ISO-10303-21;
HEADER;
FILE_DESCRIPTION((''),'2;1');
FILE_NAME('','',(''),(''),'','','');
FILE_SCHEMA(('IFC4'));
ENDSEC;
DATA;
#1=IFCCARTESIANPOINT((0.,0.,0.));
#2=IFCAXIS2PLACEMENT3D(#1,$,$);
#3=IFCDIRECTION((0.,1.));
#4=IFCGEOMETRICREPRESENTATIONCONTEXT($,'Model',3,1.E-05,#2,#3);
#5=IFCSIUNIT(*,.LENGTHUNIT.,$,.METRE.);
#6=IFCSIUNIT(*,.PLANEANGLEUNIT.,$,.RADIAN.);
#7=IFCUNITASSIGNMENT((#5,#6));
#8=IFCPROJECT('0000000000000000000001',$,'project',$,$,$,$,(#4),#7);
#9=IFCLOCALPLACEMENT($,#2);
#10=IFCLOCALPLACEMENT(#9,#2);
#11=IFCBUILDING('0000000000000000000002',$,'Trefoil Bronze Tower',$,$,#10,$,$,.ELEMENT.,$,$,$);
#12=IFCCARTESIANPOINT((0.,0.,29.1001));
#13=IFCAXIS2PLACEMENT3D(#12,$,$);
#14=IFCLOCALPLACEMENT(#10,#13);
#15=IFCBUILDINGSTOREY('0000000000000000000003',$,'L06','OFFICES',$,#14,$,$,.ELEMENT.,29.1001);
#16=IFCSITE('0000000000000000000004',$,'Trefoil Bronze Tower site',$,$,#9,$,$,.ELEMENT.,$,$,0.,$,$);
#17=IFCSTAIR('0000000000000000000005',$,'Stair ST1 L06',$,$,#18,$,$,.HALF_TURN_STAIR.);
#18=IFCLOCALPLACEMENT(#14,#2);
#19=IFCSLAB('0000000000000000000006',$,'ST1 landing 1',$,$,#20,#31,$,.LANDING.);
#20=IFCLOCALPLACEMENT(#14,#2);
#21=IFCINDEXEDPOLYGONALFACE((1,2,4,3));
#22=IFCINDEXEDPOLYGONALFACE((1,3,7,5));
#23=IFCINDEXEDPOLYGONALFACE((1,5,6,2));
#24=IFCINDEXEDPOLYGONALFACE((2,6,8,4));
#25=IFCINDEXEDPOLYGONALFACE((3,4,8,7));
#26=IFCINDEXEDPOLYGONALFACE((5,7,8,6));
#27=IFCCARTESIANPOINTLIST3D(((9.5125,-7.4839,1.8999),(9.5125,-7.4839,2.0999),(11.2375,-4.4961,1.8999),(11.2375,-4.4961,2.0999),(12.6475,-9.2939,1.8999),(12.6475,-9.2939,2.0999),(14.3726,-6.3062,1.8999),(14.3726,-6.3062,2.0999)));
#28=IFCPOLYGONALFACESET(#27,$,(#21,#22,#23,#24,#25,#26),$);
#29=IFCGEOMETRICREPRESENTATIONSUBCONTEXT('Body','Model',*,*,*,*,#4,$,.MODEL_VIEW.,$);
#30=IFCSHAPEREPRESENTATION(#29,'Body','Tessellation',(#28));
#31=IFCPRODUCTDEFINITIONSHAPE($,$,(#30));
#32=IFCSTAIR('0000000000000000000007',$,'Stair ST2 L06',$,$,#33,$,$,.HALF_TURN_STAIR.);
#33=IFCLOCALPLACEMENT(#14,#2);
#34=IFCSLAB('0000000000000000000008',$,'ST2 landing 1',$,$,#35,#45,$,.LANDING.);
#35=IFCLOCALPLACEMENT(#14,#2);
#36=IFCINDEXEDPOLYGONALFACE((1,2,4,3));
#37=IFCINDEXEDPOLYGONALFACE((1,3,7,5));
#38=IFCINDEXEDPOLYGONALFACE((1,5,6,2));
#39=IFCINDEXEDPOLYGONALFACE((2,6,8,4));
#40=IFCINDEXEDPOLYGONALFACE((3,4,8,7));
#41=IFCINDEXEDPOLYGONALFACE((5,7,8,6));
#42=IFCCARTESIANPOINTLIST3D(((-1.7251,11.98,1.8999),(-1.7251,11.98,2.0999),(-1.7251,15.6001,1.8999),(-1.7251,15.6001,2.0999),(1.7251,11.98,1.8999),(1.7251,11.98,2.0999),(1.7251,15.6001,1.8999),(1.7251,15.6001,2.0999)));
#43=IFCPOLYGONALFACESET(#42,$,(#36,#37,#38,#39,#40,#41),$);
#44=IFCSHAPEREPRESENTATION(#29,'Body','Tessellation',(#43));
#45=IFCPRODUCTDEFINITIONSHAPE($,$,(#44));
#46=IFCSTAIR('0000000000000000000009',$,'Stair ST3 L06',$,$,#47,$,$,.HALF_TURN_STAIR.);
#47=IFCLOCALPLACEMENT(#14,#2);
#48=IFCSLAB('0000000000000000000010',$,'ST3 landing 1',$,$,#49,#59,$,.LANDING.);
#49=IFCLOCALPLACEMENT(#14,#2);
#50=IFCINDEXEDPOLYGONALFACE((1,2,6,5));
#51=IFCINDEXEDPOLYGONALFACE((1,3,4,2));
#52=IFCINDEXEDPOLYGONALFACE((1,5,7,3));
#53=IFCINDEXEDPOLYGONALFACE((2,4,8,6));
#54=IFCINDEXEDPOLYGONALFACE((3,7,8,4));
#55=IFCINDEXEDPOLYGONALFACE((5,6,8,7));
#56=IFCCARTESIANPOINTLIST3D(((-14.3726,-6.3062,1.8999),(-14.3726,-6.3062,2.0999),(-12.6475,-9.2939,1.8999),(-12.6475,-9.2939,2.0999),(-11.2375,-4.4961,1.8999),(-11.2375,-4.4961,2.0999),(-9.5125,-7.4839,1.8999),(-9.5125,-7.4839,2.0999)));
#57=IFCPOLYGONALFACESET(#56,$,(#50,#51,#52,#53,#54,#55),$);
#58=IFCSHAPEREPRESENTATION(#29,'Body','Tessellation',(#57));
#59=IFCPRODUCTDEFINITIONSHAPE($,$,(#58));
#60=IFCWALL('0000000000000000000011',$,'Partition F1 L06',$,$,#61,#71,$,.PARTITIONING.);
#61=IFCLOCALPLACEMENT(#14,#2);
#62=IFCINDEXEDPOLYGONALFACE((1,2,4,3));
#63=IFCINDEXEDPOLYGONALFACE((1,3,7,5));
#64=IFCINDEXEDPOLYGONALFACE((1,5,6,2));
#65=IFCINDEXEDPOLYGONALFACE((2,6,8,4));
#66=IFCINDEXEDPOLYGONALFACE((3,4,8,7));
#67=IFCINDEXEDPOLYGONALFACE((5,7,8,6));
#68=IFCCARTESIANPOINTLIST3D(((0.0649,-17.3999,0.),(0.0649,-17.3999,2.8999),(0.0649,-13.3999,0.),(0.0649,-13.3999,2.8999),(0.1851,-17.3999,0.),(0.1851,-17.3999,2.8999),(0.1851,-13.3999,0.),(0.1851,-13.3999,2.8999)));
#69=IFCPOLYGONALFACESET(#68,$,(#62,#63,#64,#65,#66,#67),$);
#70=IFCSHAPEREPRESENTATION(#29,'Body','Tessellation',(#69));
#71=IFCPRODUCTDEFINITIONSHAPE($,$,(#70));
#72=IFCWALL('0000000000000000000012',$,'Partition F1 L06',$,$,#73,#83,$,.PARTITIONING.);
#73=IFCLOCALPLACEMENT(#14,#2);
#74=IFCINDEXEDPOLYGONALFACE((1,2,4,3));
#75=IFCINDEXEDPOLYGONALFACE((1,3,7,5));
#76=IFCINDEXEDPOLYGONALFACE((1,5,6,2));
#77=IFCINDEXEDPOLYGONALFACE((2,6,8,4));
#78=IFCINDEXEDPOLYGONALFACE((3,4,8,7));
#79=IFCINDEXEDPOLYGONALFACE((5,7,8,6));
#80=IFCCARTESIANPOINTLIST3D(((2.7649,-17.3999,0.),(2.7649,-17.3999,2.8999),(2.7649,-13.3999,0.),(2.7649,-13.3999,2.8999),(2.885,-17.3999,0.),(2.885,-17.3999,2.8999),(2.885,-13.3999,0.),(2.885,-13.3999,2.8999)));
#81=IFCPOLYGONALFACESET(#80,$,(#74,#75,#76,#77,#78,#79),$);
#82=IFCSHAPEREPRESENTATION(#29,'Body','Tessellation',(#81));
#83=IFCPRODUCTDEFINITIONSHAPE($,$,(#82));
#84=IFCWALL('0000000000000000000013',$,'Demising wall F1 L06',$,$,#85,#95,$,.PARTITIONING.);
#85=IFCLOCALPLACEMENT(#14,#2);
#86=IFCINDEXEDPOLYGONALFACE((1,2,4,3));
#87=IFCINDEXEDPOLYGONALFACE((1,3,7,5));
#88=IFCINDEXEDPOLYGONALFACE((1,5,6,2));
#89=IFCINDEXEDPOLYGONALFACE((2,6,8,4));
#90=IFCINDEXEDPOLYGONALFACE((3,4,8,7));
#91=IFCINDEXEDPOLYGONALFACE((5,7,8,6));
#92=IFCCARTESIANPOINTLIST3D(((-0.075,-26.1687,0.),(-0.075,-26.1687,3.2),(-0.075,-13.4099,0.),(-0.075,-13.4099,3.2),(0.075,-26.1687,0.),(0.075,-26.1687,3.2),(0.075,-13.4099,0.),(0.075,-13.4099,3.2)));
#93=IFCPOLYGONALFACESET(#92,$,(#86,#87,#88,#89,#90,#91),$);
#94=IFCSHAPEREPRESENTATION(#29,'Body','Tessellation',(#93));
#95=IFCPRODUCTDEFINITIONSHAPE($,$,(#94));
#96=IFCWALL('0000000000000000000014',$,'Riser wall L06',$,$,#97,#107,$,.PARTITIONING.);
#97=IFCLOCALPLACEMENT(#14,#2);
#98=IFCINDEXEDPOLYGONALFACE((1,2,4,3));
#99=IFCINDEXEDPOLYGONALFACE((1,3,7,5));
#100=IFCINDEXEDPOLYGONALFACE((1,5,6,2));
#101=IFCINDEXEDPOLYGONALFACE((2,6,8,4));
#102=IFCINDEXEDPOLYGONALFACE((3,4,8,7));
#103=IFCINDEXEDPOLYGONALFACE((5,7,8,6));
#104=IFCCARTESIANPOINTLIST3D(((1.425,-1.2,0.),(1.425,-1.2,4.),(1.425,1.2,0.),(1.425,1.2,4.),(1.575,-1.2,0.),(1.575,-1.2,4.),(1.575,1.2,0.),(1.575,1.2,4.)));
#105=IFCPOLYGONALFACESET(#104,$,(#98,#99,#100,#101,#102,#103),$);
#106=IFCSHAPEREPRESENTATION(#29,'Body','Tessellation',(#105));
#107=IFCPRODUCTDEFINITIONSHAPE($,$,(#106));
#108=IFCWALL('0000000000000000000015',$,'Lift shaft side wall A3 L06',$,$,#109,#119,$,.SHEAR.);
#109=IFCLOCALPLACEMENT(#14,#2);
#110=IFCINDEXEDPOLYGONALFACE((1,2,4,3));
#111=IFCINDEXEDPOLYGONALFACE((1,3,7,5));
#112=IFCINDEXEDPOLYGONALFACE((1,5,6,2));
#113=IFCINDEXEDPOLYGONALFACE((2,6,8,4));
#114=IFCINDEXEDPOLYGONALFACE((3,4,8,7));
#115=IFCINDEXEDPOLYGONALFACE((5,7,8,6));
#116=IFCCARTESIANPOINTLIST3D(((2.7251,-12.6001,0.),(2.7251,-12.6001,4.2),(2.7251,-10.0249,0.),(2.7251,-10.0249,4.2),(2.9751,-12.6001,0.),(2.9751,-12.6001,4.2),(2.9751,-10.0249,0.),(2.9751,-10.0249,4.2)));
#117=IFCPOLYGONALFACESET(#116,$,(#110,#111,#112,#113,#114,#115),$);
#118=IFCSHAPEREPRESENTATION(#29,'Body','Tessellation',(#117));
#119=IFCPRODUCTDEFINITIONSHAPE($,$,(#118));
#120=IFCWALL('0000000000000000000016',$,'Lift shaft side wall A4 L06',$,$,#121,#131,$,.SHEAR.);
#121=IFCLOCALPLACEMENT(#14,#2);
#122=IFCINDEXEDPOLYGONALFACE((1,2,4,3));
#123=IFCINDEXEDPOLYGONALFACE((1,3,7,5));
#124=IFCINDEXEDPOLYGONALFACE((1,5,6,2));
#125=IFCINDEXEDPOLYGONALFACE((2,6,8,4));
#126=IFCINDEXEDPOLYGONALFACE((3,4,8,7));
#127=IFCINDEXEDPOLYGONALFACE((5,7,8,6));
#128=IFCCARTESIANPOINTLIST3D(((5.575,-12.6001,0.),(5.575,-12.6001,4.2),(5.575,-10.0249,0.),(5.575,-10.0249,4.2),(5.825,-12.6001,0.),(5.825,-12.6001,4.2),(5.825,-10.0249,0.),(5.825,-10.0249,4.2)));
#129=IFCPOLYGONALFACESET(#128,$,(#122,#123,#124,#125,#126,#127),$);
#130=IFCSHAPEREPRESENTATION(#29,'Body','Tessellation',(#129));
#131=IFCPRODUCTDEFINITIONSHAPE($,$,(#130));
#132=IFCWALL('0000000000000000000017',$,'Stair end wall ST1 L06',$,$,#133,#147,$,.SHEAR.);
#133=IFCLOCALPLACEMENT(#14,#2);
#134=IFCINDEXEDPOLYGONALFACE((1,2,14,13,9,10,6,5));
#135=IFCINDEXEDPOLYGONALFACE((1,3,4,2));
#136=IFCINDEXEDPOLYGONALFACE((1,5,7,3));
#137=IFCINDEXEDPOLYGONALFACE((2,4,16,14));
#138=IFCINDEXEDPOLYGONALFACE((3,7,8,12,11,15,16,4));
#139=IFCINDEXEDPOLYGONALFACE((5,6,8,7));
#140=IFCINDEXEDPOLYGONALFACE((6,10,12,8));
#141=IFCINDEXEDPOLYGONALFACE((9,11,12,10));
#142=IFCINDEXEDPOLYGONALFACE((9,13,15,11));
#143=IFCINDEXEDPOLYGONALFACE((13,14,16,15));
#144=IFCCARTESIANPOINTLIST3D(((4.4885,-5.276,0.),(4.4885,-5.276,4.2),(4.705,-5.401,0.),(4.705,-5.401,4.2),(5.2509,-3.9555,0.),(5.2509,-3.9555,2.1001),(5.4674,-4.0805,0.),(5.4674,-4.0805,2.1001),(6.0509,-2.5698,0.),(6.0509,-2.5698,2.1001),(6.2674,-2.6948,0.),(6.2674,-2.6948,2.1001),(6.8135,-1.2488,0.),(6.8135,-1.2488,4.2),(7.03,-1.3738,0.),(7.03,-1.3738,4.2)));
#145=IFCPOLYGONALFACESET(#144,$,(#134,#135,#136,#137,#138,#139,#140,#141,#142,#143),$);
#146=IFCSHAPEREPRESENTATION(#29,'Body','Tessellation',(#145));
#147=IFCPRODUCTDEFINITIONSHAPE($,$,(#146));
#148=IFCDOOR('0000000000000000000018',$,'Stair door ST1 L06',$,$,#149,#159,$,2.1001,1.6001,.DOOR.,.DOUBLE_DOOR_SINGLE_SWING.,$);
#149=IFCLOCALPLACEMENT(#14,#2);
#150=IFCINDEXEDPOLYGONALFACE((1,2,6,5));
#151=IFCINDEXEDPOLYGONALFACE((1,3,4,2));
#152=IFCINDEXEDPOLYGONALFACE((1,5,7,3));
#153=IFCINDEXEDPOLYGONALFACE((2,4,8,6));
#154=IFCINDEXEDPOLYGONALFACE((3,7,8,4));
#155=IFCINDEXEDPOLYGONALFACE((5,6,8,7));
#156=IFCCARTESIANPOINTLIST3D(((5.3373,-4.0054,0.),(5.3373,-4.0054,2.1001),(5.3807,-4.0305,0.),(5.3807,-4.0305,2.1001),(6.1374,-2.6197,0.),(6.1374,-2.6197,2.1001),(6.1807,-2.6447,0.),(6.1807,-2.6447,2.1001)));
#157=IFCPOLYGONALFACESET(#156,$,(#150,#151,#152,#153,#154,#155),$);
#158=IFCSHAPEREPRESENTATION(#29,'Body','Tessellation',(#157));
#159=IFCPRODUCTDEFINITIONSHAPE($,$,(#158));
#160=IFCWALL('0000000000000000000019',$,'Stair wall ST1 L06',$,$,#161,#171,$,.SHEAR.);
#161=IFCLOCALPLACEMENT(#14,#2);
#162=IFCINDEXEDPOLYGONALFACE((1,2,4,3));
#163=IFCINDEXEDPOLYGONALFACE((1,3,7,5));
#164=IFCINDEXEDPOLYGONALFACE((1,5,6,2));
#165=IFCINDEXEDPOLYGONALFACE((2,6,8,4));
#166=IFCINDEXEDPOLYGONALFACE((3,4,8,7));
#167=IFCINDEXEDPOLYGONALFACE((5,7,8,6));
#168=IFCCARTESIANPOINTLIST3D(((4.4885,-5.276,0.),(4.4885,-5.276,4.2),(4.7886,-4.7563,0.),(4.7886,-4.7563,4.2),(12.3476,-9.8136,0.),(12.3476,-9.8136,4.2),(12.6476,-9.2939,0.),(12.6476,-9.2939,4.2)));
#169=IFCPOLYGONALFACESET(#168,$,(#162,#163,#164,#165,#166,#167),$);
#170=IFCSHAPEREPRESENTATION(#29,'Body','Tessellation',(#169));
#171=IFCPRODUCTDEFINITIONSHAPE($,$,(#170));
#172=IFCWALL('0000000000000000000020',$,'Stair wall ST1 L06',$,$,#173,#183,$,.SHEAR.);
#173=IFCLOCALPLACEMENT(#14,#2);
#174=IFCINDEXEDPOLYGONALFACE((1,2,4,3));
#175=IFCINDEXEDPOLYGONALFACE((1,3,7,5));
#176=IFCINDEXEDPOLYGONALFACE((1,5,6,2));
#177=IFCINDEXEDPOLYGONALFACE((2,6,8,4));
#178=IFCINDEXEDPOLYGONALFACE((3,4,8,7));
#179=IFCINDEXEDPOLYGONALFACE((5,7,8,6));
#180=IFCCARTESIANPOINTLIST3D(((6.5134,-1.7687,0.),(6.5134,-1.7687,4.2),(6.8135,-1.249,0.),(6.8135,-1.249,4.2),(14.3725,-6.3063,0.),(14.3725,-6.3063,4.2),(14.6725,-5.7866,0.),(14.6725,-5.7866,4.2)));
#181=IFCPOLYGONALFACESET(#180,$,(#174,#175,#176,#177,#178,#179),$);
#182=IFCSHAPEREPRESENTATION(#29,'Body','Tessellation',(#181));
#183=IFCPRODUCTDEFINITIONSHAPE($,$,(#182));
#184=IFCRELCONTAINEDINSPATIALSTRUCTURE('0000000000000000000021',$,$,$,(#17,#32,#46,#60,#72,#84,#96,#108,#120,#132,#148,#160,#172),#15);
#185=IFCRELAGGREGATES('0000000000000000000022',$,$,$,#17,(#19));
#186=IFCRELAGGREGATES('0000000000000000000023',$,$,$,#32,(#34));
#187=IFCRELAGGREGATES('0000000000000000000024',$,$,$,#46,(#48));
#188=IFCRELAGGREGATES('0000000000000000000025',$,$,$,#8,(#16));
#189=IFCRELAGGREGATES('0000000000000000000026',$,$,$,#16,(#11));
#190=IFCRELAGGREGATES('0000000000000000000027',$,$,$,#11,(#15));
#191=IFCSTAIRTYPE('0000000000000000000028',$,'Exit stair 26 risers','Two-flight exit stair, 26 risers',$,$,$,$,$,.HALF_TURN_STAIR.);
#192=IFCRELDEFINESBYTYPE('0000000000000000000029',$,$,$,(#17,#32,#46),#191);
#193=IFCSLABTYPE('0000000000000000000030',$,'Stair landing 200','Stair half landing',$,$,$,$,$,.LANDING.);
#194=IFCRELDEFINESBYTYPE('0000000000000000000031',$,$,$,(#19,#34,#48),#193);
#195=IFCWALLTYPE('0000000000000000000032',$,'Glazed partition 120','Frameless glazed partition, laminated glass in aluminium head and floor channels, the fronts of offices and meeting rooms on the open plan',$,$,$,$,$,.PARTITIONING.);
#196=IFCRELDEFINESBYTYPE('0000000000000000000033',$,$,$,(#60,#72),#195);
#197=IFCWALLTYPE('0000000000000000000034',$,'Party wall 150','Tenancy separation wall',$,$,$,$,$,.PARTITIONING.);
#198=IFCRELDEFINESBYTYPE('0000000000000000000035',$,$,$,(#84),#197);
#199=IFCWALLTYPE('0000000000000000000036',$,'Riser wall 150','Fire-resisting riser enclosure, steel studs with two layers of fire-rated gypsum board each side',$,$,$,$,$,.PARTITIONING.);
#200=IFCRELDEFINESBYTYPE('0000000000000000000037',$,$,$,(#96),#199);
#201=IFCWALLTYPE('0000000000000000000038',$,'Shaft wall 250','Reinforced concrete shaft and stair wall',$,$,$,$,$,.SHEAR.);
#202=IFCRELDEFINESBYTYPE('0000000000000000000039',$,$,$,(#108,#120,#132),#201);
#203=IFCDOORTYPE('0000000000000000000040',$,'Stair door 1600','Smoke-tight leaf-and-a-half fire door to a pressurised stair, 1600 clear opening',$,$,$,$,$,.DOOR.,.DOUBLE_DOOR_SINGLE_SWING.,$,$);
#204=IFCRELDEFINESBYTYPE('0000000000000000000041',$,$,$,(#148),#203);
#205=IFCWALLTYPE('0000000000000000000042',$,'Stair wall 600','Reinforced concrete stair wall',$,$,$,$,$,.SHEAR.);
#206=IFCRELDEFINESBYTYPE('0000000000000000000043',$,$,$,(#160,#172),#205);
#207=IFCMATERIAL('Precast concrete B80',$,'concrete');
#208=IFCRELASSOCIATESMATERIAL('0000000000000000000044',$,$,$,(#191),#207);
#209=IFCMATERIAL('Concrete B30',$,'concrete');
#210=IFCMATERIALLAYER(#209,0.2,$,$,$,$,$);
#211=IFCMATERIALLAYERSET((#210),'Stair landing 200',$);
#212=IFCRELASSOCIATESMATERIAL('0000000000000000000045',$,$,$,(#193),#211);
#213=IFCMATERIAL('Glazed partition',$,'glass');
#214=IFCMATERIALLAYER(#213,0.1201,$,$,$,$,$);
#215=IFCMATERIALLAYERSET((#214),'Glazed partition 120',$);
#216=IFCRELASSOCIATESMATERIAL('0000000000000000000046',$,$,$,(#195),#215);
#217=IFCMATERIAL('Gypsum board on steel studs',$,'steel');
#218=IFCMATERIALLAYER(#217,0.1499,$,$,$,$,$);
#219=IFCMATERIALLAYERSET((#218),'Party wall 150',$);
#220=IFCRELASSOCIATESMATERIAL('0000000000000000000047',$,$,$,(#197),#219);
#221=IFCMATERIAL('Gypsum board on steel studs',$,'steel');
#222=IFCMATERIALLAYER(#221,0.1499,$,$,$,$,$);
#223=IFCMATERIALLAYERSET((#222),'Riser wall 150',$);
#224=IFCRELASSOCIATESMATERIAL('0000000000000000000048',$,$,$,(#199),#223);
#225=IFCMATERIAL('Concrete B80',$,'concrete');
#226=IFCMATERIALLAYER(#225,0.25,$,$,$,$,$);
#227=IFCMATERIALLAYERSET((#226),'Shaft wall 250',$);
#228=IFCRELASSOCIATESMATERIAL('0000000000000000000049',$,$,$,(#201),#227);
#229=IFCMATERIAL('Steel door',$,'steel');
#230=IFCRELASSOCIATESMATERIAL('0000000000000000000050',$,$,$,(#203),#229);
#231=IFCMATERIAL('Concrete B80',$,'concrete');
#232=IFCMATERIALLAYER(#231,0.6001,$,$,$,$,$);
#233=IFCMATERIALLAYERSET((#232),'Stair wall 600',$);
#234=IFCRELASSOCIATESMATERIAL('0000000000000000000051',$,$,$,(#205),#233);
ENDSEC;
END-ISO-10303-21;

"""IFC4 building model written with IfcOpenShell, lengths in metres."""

from ifc_helpers import new_model, si_unit, direction, frame, frame_2d, origin, place, context, subcontext, project, spatial, polyline, rectangle, outline, extrude, material, layer, layer_set, type_object, element, fill, aggregate, save


model = new_model("IFC4")

# Units and contexts
model_context = context("Model", 3, precision=1e-05, world=origin(), true_north=direction((0.0, 1.0)))
body_context = subcontext(model_context, "Body", "Model", "MODEL_VIEW")
ifc_project = project(units=[si_unit("LENGTHUNIT", "METRE"), si_unit("PLANEANGLEUNIT", "RADIAN")], contexts=[model_context])

# Site, building, storey
site_placement = place(None, origin())
site = spatial("IfcSite", under=ifc_project, at=site_placement, Name="Trefoil Bronze Tower site", CompositionType="ELEMENT", RefElevation=0.0)
building_placement = place(site_placement, origin())
building = spatial("IfcBuilding", under=site, at=building_placement, Name="Trefoil Bronze Tower", CompositionType="ELEMENT")
storey_placement = place(building_placement, frame((0.0, 0.0, 29.1001)))
storey = spatial("IfcBuildingStorey", under=building, at=storey_placement, Name="L06", Description="OFFICES", CompositionType="ELEMENT", Elevation=29.1001)

# Stairs, slabs
ifc_material_1 = material(Name="Precast concrete B80", Category="concrete")
stair_type = type_object("IfcStairType", Name="Exit stair 26 risers", Description="Two-flight exit stair, 26 risers", PredefinedType="HALF_TURN_STAIR", material=ifc_material_1)
stair_1_placement = place(storey_placement, origin())
stair_1 = element("IfcStair", 1, at=stair_1_placement, inside=storey, type_object=stair_type, Name="Stair ST1 L06", PredefinedType="HALF_TURN_STAIR")
ifc_material_2 = material(Name="Concrete B30", Category="concrete")
ifc_layer_1 = layer(ifc_material_2, 0.2)
ifc_layer_set_1 = layer_set([ifc_layer_1], Name="Stair landing 200")
slab_type = type_object("IfcSlabType", Name="Stair landing 200", Description="Stair half landing", PredefinedType="LANDING", material=ifc_layer_set_1)
slab_1_placement = place(storey_placement, frame((0.0, 0.0, 1.8999)))
slab_1 = element("IfcSlab", 2, at=slab_1_placement, type_object=slab_type, Name="ST1 landing 1", PredefinedType="LANDING", context=body_context, shape_type="SweptSolid", body=[
    extrude(outline(polyline([(9.5125, -7.4839), (12.6475, -9.2939), (14.3726, -6.3062), (11.2375, -4.4961), (9.5125, -7.4839)])), origin(), (0.0, 0.0, 1.0), 0.2),
])
aggregate(stair_1, [slab_1])
stair_2_placement = place(storey_placement, origin())
stair_2 = element("IfcStair", 3, at=stair_2_placement, inside=storey, type_object=stair_type, Name="Stair ST2 L06", PredefinedType="HALF_TURN_STAIR")
slab_2_placement = place(storey_placement, frame((0.0, 0.0, 1.8999)))
slab_2 = element("IfcSlab", 4, at=slab_2_placement, type_object=slab_type, Name="ST2 landing 1", PredefinedType="LANDING", context=body_context, shape_type="SweptSolid", body=[
    extrude(outline(polyline([(1.7251, 11.98), (1.7251, 15.6001), (-1.7251, 15.6001), (-1.7251, 11.98), (1.7251, 11.98)])), origin(), (0.0, 0.0, 1.0), 0.2),
])
aggregate(stair_2, [slab_2])
stair_3_placement = place(storey_placement, origin())
stair_3 = element("IfcStair", 5, at=stair_3_placement, inside=storey, type_object=stair_type, Name="Stair ST3 L06", PredefinedType="HALF_TURN_STAIR")
slab_3_placement = place(storey_placement, frame((0.0, 0.0, 1.8999)))
slab_3 = element("IfcSlab", 6, at=slab_3_placement, type_object=slab_type, Name="ST3 landing 1", PredefinedType="LANDING", context=body_context, shape_type="SweptSolid", body=[
    extrude(outline(polyline([(-11.2375, -4.4961), (-14.3726, -6.3062), (-12.6475, -9.2939), (-9.5125, -7.4839), (-11.2375, -4.4961)])), origin(), (0.0, 0.0, 1.0), 0.2),
])
aggregate(stair_3, [slab_3])

# Walls
ifc_material_3 = material(Name="Glazed partition", Category="glass")
ifc_layer_2 = layer(ifc_material_3, 0.1201)
ifc_layer_set_2 = layer_set([ifc_layer_2], Name="Glazed partition 120")
wall_type_1 = type_object("IfcWallType", Name="Glazed partition 120", Description="Frameless glazed partition, laminated glass in aluminium head and floor channels, the fronts of offices and meeting rooms on the open plan", PredefinedType="PARTITIONING", material=ifc_layer_set_2)
for number, where, z_axis, x_axis, name in (
    (7, (0.125, -13.3999, 0.0), (0.0, 0.0, 1.0), (0.0, -1.0, 0.0), "Partition F1 L06"),
    (8, (2.825, -13.3999, 0.0), (0.0, 0.0, 1.0), (0.0, -1.0, 0.0), "Partition F1 L06"),
):
    element("IfcWall", number, at=place(storey_placement, frame(where, z_axis=z_axis, x_axis=x_axis)), inside=storey, type_object=wall_type_1, Name=name, PredefinedType="PARTITIONING", context=body_context, shape_type="SweptSolid", body=[
        extrude(rectangle(XDim=4.0, YDim=0.1201, at=frame_2d((2.0, 0.0))), origin(), (0.0, 0.0, 1.0), 2.8999),
    ])
ifc_material_4 = material(Name="Gypsum board on steel studs", Category="steel")
ifc_layer_3 = layer(ifc_material_4, 0.1499)
ifc_layer_set_3 = layer_set([ifc_layer_3], Name="Party wall 150")
wall_type_2 = type_object("IfcWallType", Name="Party wall 150", Description="Tenancy separation wall", PredefinedType="PARTITIONING", material=ifc_layer_set_3)
wall_1_placement = place(storey_placement, frame((0.0, -13.4099, 0.0), z_axis=(0.0, 0.0, 1.0), x_axis=(0.0, -1.0, 0.0)))
element("IfcWall", 9, at=wall_1_placement, inside=storey, type_object=wall_type_2, Name="Demising wall F1 L06", PredefinedType="PARTITIONING", context=body_context, shape_type="SweptSolid", body=[
    extrude(rectangle(XDim=12.7588, YDim=0.1499, at=frame_2d((6.3794, 0.0))), origin(), (0.0, 0.0, 1.0), 3.2),
])
ifc_material_5 = material(Name="Gypsum board on steel studs", Category="steel")
ifc_layer_4 = layer(ifc_material_5, 0.1499)
ifc_layer_set_4 = layer_set([ifc_layer_4], Name="Riser wall 150")
wall_type_3 = type_object("IfcWallType", Name="Riser wall 150", Description="Fire-resisting riser enclosure, steel studs with two layers of fire-rated gypsum board each side", PredefinedType="PARTITIONING", material=ifc_layer_set_4)
wall_2_placement = place(storey_placement, frame((1.5, -1.2, 0.0), z_axis=(0.0, 0.0, 1.0), x_axis=(0.0, 1.0, 0.0)))
element("IfcWall", 10, at=wall_2_placement, inside=storey, type_object=wall_type_3, Name="Riser wall L06", PredefinedType="PARTITIONING", context=body_context, shape_type="SweptSolid", body=[
    extrude(rectangle(XDim=2.3999, YDim=0.1499, at=frame_2d((1.2, 0.0))), origin(), (0.0, 0.0, 1.0), 4.0),
])
ifc_material_6 = material(Name="Concrete B80", Category="concrete")
ifc_layer_5 = layer(ifc_material_6, 0.25)
ifc_layer_set_5 = layer_set([ifc_layer_5], Name="Shaft wall 250")
wall_type_4 = type_object("IfcWallType", Name="Shaft wall 250", Description="Reinforced concrete shaft and stair wall", PredefinedType="SHEAR", material=ifc_layer_set_5)
for number, where, z_axis, x_axis, name in (
    (11, (2.8501, -10.0249, 0.0), (0.0, 0.0, 1.0), (0.0, -1.0, 0.0), "Lift shaft side wall A3 L06"),
    (12, (5.7, -10.0249, 0.0), (0.0, 0.0, 1.0), (0.0, -1.0, 0.0), "Lift shaft side wall A4 L06"),
):
    element("IfcWall", number, at=place(storey_placement, frame(where, z_axis=z_axis, x_axis=x_axis)), inside=storey, type_object=wall_type_4, Name=name, PredefinedType="SHEAR", context=body_context, shape_type="SweptSolid", body=[
        extrude(rectangle(XDim=2.5752, YDim=0.25, at=frame_2d((1.2876, 0.0))), origin(), (0.0, 0.0, 1.0), 4.2),
    ])

# Wall, opening, door
wall_3_placement = place(storey_placement, frame((4.5967, -5.3386, 0.0), z_axis=(0.0, 0.0, 1.0), x_axis=(0.499985, 0.866034, 0.0)))
wall_3 = element("IfcWall", 13, at=wall_3_placement, inside=storey, type_object=wall_type_4, Name="Stair end wall ST1 L06", PredefinedType="SHEAR", context=body_context, shape_type="SweptSolid", body=[
    extrude(rectangle(XDim=4.6501, YDim=0.25, at=frame_2d((2.3252, 0.0))), origin(), (0.0, 0.0, 1.0), 4.2),
])
opening_placement = place(wall_3_placement, frame((1.5249, 0.0, 0.0)))
opening = element("IfcOpeningElement", 14, at=opening_placement, cuts=wall_3, PredefinedType="OPENING", context=body_context, shape_type="SweptSolid", body=[
    extrude(rectangle(XDim=1.6001, YDim=2.1001, at=frame_2d((0.8, 1.05))), frame((0.0, 0.135, 0.0), z_axis=(0.0, -1.0, 0.0), x_axis=(1.0, 0.0, 0.0)), (0.0, 0.0, 1.0), 0.27),
])
ifc_material_7 = material(Name="Steel door", Category="steel")
door_type = type_object("IfcDoorType", Name="Stair door 1600", Description="Smoke-tight leaf-and-a-half fire door to a pressurised stair, 1600 clear opening", OperationType="DOUBLE_DOOR_SINGLE_SWING", PredefinedType="DOOR", material=ifc_material_7)
door_placement = place(opening_placement, frame((1.6001, 0.0, 0.0), z_axis=(0.0, 0.0, 1.0), x_axis=(-1.0, 0.0, 0.0)))
door = element("IfcDoor", 15, at=door_placement, inside=storey, type_object=door_type, Name="Stair door ST1 L06", OperationType="DOUBLE_DOOR_SINGLE_SWING", OverallHeight=2.1001, OverallWidth=1.6001, PredefinedType="DOOR", context=body_context, shape_type="SweptSolid", body=[
    extrude(rectangle(XDim=1.6001, YDim=2.1001, at=frame_2d((0.8, 1.05))), frame((0.0, 0.0249, 0.0), z_axis=(0.0, -1.0, 0.0), x_axis=(1.0, 0.0, 0.0)), (0.0, 0.0, 1.0), 0.05),
])
fill(opening, door)

# Walls
ifc_material_8 = material(Name="Concrete B80", Category="concrete")
ifc_layer_6 = layer(ifc_material_8, 0.6001)
ifc_layer_set_6 = layer_set([ifc_layer_6], Name="Stair wall 600")
wall_type_5 = type_object("IfcWallType", Name="Stair wall 600", Description="Reinforced concrete stair wall", PredefinedType="SHEAR", material=ifc_layer_set_6)
for number, where, z_axis, x_axis, name in (
    (16, (4.6384, -5.0161, 0.0), (0.0, 0.0, 1.0), (0.866019, -0.50001, 0.0), "Stair wall ST1 L06"),
    (17, (6.6633, -1.5088, 0.0), (0.0, 0.0, 1.0), (0.866019, -0.50001, 0.0), "Stair wall ST1 L06"),
):
    element("IfcWall", number, at=place(storey_placement, frame(where, z_axis=z_axis, x_axis=x_axis)), inside=storey, type_object=wall_type_5, Name=name, PredefinedType="SHEAR", context=body_context, shape_type="SweptSolid", body=[
        extrude(rectangle(XDim=9.075, YDim=0.6001, at=frame_2d((4.5376, 0.0))), origin(), (0.0, 0.0, 1.0), 4.2),
    ])

save(model, "model.ifc")
